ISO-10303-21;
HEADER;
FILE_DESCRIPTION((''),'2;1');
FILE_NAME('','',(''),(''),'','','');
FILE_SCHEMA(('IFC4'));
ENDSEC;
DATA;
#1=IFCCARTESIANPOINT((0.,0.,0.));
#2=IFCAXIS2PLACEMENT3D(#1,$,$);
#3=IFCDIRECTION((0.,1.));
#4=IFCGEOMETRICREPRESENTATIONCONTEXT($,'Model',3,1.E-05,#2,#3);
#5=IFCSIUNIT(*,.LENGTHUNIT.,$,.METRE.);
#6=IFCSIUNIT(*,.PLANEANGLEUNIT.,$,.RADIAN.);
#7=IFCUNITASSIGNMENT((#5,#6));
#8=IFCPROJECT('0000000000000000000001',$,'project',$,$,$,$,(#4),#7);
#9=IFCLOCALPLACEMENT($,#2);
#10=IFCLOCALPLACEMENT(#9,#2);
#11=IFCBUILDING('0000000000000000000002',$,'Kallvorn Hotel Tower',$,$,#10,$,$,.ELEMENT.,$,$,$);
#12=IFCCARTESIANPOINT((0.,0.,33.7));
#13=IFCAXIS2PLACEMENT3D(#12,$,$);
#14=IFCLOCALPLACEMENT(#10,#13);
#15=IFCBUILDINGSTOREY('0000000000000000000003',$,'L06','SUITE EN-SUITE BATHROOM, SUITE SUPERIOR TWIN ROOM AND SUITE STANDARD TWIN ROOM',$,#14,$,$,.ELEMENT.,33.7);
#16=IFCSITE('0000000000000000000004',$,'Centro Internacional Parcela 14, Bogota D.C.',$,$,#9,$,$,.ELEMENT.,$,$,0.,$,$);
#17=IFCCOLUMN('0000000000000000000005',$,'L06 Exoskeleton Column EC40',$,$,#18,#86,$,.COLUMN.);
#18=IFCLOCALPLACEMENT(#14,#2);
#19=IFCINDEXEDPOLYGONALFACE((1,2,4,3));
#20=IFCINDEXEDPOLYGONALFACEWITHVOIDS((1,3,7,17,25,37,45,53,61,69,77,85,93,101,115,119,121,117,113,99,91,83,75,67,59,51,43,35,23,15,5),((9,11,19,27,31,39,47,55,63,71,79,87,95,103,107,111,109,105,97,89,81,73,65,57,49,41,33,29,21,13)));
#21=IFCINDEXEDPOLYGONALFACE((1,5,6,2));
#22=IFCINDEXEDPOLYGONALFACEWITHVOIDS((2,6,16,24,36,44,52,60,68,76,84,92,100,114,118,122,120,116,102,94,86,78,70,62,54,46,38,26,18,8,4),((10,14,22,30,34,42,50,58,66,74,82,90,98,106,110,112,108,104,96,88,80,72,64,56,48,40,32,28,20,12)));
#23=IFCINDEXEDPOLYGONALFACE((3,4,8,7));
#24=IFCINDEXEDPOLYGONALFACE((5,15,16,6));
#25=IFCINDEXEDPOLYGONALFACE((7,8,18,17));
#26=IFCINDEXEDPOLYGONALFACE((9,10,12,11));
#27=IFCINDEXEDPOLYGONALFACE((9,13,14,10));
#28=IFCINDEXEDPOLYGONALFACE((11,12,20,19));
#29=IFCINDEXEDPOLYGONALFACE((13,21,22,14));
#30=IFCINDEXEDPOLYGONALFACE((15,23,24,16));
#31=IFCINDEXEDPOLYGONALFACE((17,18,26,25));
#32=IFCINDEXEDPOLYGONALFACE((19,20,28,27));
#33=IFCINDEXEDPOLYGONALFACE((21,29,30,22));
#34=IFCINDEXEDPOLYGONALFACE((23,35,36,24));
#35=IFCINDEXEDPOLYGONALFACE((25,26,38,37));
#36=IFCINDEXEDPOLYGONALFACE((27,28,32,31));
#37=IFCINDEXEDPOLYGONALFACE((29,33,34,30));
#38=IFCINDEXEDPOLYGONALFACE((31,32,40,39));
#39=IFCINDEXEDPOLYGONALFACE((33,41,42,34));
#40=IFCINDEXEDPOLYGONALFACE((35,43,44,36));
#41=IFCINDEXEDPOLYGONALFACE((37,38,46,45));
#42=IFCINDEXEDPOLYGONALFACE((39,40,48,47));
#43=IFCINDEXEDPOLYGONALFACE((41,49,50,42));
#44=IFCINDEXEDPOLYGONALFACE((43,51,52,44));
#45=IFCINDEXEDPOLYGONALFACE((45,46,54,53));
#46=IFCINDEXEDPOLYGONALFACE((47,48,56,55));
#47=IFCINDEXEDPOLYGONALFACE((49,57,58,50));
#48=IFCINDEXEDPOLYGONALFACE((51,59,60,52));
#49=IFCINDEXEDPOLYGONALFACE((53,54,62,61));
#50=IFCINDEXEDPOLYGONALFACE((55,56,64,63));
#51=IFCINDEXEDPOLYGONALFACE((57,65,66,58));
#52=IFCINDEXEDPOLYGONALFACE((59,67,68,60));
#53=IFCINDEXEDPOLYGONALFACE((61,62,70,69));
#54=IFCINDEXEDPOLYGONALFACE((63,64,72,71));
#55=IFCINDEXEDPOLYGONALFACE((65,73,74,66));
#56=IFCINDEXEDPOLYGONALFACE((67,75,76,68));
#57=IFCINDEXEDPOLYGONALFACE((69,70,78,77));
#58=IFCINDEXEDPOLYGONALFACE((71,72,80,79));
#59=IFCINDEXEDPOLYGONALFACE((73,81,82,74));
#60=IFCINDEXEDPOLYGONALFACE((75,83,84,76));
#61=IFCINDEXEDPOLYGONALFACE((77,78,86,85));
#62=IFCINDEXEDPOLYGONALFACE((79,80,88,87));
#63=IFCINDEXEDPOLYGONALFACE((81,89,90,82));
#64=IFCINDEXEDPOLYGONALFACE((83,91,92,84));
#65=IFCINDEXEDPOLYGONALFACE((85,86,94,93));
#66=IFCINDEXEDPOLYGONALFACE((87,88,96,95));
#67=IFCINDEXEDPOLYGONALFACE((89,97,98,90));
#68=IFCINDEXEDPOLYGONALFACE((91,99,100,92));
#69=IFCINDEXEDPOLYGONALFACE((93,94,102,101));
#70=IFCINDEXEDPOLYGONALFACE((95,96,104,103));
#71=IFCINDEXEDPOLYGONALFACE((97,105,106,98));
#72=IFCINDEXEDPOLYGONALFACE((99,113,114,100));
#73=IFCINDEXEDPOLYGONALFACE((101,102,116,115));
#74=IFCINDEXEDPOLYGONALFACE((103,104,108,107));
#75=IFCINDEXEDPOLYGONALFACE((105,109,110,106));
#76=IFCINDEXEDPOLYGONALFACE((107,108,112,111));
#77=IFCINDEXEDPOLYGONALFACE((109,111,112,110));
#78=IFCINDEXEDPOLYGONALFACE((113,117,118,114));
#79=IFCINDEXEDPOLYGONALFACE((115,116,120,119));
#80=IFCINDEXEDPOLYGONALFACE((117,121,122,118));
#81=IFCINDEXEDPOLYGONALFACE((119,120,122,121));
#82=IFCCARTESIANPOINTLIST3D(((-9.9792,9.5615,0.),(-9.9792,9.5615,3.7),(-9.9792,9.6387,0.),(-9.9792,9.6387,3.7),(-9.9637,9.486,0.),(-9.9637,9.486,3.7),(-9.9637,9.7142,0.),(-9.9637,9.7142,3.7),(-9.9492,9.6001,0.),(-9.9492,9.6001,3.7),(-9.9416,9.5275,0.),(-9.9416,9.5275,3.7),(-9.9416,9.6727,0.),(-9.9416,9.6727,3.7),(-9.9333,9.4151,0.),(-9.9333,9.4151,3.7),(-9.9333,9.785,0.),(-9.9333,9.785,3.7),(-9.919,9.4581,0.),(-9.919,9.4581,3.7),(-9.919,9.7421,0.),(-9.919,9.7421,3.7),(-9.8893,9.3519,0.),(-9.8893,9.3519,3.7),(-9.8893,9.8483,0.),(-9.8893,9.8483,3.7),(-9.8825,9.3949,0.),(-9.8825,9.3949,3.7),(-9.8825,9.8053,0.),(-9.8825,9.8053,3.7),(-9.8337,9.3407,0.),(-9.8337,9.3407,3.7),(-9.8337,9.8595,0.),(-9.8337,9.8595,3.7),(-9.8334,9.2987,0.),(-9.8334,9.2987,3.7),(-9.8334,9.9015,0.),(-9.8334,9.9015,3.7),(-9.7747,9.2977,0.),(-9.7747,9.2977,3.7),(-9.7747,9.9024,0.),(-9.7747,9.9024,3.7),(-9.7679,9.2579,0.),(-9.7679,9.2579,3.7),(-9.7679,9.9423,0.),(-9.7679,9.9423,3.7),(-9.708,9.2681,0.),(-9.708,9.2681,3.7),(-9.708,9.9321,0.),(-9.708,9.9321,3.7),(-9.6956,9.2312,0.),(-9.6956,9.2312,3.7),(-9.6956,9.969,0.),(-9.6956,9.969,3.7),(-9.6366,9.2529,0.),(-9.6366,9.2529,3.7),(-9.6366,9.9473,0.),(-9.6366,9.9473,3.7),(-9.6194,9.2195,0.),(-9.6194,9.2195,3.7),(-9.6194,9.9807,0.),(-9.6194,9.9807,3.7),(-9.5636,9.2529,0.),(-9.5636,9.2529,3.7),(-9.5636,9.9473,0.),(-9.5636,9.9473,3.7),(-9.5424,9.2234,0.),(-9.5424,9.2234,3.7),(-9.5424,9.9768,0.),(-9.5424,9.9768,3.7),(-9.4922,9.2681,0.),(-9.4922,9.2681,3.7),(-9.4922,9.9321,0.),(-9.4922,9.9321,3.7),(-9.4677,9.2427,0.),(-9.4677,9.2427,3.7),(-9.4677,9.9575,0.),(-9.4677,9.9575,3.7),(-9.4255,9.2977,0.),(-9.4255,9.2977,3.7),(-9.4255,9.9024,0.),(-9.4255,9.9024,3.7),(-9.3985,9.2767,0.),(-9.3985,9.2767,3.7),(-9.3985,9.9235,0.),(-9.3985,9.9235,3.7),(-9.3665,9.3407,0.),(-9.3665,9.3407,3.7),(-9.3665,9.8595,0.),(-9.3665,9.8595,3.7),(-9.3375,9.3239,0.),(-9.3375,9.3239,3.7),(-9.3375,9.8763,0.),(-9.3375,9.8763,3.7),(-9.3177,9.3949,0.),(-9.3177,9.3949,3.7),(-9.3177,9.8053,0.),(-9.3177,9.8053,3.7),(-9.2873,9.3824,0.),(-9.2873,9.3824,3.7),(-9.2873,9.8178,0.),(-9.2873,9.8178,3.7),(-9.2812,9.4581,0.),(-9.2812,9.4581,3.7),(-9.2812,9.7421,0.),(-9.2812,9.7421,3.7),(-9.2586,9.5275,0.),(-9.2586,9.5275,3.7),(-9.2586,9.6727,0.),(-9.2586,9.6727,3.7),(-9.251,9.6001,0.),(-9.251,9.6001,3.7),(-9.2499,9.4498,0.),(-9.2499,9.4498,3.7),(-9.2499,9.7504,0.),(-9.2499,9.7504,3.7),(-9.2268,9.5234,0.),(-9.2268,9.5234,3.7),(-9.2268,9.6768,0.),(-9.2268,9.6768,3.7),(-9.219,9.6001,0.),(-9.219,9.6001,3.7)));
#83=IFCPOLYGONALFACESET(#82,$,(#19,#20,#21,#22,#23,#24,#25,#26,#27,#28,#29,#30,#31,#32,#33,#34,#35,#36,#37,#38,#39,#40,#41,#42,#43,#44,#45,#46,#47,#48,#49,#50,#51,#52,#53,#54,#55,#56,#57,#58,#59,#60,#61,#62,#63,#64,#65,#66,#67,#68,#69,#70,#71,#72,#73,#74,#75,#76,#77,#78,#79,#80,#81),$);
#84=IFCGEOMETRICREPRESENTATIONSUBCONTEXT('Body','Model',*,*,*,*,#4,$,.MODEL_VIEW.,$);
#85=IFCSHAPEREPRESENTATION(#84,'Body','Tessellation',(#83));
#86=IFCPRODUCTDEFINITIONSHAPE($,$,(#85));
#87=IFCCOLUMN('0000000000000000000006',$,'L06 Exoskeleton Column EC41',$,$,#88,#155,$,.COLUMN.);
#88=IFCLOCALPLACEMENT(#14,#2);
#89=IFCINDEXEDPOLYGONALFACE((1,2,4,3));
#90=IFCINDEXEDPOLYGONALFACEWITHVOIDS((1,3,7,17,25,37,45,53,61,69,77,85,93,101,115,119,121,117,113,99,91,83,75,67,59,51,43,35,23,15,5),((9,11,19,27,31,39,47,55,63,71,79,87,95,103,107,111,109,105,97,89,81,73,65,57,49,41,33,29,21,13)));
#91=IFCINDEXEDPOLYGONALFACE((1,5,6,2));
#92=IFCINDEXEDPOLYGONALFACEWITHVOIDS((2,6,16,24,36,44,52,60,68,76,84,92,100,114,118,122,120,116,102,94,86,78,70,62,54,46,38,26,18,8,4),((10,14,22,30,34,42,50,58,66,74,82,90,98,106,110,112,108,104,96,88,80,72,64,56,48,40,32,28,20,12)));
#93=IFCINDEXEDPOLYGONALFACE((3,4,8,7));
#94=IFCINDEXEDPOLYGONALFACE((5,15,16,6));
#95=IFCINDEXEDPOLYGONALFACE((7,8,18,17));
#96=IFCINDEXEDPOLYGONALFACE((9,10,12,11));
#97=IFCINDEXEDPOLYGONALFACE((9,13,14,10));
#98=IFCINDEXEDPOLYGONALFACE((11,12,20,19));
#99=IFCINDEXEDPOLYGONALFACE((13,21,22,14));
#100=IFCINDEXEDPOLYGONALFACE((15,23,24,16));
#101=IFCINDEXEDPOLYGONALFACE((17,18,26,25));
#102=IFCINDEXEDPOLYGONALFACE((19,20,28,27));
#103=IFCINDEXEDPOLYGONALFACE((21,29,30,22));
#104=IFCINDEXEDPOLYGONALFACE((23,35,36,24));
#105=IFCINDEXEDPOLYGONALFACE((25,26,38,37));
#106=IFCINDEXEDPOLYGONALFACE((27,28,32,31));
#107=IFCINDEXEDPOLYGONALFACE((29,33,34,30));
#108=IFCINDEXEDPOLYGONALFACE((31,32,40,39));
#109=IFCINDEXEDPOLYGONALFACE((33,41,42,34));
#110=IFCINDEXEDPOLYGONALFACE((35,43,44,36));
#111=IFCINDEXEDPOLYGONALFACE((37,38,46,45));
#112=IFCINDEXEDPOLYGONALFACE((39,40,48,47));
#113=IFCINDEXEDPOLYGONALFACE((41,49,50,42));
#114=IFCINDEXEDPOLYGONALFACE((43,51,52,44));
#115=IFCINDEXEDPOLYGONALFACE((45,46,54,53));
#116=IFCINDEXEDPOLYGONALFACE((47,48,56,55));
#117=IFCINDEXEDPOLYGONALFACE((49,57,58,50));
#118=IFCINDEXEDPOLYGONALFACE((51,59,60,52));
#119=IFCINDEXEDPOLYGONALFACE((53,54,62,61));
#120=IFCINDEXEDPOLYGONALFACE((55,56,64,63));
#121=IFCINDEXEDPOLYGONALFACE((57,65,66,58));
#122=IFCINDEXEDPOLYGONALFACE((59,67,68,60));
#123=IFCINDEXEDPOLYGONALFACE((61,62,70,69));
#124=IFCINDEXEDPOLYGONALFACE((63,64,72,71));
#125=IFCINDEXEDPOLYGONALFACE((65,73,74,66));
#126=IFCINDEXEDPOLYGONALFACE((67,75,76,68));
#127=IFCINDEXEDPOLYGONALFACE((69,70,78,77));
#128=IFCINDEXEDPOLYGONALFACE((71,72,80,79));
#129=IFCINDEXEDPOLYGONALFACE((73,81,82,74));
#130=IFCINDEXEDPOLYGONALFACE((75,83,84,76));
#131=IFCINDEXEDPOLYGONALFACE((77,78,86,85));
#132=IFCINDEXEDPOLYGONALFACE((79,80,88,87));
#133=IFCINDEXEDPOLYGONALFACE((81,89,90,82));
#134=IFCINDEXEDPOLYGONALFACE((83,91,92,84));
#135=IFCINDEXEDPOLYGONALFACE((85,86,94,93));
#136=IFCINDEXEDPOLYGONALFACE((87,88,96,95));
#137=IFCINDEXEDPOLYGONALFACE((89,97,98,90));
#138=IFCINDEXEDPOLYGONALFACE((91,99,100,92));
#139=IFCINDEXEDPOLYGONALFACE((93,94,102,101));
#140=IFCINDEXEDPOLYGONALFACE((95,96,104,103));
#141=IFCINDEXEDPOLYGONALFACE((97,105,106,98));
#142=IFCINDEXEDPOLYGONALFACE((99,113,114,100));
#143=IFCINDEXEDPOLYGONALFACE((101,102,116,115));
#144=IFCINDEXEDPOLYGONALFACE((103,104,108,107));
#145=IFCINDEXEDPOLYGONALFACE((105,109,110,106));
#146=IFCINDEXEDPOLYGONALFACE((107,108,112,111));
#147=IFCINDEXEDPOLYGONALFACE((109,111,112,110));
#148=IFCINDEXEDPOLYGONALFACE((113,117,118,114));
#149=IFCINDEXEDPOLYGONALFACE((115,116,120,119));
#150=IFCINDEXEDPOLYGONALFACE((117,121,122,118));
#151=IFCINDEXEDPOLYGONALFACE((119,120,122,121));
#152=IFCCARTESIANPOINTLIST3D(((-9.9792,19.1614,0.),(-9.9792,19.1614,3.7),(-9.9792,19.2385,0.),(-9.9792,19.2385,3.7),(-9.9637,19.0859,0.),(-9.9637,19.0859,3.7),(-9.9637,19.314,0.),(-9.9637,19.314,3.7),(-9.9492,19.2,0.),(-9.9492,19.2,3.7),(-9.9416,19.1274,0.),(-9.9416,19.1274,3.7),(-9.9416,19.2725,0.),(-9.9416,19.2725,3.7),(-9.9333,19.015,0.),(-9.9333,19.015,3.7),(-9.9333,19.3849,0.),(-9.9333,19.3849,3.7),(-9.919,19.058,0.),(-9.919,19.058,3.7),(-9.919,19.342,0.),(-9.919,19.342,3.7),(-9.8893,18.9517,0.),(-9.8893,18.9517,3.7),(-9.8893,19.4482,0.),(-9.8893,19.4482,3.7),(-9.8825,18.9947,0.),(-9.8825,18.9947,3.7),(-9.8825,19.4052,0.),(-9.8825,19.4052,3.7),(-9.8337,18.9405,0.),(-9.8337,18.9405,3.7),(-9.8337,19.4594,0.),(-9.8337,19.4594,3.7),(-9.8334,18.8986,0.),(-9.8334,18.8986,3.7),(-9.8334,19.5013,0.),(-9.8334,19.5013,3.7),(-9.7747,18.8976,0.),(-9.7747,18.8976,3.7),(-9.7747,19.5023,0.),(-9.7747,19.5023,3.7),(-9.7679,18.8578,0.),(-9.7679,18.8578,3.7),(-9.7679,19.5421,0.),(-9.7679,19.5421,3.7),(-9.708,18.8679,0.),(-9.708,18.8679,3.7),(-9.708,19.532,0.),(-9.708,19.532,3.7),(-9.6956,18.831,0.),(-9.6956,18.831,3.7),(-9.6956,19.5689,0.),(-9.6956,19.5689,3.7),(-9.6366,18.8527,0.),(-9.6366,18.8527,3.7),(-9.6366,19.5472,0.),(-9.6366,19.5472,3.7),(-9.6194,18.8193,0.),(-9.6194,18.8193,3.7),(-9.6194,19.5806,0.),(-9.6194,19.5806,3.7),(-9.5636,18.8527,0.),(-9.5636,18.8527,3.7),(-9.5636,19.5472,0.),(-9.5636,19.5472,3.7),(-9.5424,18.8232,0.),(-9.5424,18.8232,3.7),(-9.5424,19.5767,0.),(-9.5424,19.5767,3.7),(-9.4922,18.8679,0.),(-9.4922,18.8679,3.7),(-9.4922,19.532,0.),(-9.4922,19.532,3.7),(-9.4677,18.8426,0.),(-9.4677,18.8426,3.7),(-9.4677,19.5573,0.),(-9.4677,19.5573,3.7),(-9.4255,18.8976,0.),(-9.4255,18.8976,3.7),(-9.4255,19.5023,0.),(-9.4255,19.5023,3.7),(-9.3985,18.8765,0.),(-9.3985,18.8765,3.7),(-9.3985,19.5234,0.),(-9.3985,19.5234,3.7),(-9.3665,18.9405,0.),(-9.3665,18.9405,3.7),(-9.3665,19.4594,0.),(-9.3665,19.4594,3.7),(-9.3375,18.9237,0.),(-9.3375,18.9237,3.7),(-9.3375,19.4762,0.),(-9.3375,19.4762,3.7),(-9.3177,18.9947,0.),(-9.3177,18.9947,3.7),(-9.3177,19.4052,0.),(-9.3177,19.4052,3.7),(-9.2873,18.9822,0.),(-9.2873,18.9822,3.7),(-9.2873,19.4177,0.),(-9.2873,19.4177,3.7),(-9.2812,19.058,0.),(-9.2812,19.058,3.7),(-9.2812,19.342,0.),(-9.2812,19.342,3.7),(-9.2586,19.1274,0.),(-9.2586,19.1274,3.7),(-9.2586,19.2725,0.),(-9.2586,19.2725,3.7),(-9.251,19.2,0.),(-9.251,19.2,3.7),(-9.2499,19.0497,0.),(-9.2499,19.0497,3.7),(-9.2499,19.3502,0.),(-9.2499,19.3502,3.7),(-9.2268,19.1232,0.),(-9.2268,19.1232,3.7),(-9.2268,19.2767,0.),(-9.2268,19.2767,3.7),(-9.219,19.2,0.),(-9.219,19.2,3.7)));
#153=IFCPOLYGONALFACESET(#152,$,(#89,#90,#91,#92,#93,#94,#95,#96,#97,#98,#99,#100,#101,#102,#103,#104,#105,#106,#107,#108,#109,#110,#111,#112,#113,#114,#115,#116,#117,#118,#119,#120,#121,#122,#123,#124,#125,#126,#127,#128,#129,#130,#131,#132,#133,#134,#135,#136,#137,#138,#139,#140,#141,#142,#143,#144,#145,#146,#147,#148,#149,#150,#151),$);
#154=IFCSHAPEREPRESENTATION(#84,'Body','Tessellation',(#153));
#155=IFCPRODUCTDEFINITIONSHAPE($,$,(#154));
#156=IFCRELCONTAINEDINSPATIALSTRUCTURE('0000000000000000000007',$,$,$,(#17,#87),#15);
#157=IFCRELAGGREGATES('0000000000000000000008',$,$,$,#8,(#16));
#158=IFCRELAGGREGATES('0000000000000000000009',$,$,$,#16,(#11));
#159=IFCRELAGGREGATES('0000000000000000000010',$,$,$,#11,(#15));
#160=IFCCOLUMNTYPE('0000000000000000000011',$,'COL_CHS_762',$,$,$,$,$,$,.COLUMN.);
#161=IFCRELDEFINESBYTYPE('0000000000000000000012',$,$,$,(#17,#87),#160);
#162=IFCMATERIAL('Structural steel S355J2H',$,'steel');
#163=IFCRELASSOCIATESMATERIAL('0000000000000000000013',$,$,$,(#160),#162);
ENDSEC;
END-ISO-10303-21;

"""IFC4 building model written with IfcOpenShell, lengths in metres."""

from ifc_helpers import new_model, si_unit, direction, frame, origin, origin_2d, place, context, subcontext, project, spatial, hollow_circle, extrude, material, material_profile, profile_set, type_object, element, save


model = new_model("IFC4")

# Units and contexts
model_context = context("Model", 3, precision=1e-05, world=origin(), true_north=direction((0.0, 1.0)))
body_context = subcontext(model_context, "Body", "Model", "MODEL_VIEW")
ifc_project = project(units=[si_unit("LENGTHUNIT", "METRE"), si_unit("PLANEANGLEUNIT", "RADIAN")], contexts=[model_context])

# Site, building, storey
site_placement = place(None, origin())
site = spatial("IfcSite", under=ifc_project, at=site_placement, Name="Centro Internacional Parcela 14, Bogota D.C.", CompositionType="ELEMENT", RefElevation=0.0)
building_placement = place(site_placement, origin())
building = spatial("IfcBuilding", under=site, at=building_placement, Name="Kallvorn Hotel Tower", CompositionType="ELEMENT")
storey_placement = place(building_placement, frame((0.0, 0.0, 33.7)))
storey = spatial("IfcBuildingStorey", under=building, at=storey_placement, Name="L06", Description="SUITE EN-SUITE BATHROOM, SUITE SUPERIOR TWIN ROOM AND SUITE STANDARD TWIN ROOM", CompositionType="ELEMENT", Elevation=33.7)

# Columns
ifc_material_1 = material(Name="Structural steel S355J2H", Category="steel")
ifc_material_profile_1 = material_profile(ifc_material_1, hollow_circle(Radius=0.3811, WallThickness=0.032, at=origin_2d()), Name="CHS 762x32")
ifc_profile_set_1 = profile_set([ifc_material_profile_1], Name="Structural steel S355J2H")
column_type_1 = type_object("IfcColumnType", Name="COL_CHS_762", PredefinedType="COLUMN", material=ifc_profile_set_1)
for number, where, z_axis, x_axis, name in (
    (1, (-9.6001, 9.6001, 0.0), (0.0, 0.0, 1.0), (1.0, 0.0, 0.0), "L06 Exoskeleton Column EC40"),
    (2, (-9.6001, 19.2, 0.0), (0.0, 0.0, 1.0), (1.0, 0.0, 0.0), "L06 Exoskeleton Column EC41"),
):
    element("IfcColumn", number, at=place(storey_placement, frame(where, z_axis=z_axis, x_axis=x_axis)), inside=storey, type_object=column_type_1, Name=name, PredefinedType="COLUMN", context=body_context, shape_type="SweptSolid", body=[
        extrude(hollow_circle(Radius=0.3811, WallThickness=0.032, at=origin_2d()), origin(), (0.0, 0.0, 1.0), 3.7),
    ])

save(model, "model.ifc")
